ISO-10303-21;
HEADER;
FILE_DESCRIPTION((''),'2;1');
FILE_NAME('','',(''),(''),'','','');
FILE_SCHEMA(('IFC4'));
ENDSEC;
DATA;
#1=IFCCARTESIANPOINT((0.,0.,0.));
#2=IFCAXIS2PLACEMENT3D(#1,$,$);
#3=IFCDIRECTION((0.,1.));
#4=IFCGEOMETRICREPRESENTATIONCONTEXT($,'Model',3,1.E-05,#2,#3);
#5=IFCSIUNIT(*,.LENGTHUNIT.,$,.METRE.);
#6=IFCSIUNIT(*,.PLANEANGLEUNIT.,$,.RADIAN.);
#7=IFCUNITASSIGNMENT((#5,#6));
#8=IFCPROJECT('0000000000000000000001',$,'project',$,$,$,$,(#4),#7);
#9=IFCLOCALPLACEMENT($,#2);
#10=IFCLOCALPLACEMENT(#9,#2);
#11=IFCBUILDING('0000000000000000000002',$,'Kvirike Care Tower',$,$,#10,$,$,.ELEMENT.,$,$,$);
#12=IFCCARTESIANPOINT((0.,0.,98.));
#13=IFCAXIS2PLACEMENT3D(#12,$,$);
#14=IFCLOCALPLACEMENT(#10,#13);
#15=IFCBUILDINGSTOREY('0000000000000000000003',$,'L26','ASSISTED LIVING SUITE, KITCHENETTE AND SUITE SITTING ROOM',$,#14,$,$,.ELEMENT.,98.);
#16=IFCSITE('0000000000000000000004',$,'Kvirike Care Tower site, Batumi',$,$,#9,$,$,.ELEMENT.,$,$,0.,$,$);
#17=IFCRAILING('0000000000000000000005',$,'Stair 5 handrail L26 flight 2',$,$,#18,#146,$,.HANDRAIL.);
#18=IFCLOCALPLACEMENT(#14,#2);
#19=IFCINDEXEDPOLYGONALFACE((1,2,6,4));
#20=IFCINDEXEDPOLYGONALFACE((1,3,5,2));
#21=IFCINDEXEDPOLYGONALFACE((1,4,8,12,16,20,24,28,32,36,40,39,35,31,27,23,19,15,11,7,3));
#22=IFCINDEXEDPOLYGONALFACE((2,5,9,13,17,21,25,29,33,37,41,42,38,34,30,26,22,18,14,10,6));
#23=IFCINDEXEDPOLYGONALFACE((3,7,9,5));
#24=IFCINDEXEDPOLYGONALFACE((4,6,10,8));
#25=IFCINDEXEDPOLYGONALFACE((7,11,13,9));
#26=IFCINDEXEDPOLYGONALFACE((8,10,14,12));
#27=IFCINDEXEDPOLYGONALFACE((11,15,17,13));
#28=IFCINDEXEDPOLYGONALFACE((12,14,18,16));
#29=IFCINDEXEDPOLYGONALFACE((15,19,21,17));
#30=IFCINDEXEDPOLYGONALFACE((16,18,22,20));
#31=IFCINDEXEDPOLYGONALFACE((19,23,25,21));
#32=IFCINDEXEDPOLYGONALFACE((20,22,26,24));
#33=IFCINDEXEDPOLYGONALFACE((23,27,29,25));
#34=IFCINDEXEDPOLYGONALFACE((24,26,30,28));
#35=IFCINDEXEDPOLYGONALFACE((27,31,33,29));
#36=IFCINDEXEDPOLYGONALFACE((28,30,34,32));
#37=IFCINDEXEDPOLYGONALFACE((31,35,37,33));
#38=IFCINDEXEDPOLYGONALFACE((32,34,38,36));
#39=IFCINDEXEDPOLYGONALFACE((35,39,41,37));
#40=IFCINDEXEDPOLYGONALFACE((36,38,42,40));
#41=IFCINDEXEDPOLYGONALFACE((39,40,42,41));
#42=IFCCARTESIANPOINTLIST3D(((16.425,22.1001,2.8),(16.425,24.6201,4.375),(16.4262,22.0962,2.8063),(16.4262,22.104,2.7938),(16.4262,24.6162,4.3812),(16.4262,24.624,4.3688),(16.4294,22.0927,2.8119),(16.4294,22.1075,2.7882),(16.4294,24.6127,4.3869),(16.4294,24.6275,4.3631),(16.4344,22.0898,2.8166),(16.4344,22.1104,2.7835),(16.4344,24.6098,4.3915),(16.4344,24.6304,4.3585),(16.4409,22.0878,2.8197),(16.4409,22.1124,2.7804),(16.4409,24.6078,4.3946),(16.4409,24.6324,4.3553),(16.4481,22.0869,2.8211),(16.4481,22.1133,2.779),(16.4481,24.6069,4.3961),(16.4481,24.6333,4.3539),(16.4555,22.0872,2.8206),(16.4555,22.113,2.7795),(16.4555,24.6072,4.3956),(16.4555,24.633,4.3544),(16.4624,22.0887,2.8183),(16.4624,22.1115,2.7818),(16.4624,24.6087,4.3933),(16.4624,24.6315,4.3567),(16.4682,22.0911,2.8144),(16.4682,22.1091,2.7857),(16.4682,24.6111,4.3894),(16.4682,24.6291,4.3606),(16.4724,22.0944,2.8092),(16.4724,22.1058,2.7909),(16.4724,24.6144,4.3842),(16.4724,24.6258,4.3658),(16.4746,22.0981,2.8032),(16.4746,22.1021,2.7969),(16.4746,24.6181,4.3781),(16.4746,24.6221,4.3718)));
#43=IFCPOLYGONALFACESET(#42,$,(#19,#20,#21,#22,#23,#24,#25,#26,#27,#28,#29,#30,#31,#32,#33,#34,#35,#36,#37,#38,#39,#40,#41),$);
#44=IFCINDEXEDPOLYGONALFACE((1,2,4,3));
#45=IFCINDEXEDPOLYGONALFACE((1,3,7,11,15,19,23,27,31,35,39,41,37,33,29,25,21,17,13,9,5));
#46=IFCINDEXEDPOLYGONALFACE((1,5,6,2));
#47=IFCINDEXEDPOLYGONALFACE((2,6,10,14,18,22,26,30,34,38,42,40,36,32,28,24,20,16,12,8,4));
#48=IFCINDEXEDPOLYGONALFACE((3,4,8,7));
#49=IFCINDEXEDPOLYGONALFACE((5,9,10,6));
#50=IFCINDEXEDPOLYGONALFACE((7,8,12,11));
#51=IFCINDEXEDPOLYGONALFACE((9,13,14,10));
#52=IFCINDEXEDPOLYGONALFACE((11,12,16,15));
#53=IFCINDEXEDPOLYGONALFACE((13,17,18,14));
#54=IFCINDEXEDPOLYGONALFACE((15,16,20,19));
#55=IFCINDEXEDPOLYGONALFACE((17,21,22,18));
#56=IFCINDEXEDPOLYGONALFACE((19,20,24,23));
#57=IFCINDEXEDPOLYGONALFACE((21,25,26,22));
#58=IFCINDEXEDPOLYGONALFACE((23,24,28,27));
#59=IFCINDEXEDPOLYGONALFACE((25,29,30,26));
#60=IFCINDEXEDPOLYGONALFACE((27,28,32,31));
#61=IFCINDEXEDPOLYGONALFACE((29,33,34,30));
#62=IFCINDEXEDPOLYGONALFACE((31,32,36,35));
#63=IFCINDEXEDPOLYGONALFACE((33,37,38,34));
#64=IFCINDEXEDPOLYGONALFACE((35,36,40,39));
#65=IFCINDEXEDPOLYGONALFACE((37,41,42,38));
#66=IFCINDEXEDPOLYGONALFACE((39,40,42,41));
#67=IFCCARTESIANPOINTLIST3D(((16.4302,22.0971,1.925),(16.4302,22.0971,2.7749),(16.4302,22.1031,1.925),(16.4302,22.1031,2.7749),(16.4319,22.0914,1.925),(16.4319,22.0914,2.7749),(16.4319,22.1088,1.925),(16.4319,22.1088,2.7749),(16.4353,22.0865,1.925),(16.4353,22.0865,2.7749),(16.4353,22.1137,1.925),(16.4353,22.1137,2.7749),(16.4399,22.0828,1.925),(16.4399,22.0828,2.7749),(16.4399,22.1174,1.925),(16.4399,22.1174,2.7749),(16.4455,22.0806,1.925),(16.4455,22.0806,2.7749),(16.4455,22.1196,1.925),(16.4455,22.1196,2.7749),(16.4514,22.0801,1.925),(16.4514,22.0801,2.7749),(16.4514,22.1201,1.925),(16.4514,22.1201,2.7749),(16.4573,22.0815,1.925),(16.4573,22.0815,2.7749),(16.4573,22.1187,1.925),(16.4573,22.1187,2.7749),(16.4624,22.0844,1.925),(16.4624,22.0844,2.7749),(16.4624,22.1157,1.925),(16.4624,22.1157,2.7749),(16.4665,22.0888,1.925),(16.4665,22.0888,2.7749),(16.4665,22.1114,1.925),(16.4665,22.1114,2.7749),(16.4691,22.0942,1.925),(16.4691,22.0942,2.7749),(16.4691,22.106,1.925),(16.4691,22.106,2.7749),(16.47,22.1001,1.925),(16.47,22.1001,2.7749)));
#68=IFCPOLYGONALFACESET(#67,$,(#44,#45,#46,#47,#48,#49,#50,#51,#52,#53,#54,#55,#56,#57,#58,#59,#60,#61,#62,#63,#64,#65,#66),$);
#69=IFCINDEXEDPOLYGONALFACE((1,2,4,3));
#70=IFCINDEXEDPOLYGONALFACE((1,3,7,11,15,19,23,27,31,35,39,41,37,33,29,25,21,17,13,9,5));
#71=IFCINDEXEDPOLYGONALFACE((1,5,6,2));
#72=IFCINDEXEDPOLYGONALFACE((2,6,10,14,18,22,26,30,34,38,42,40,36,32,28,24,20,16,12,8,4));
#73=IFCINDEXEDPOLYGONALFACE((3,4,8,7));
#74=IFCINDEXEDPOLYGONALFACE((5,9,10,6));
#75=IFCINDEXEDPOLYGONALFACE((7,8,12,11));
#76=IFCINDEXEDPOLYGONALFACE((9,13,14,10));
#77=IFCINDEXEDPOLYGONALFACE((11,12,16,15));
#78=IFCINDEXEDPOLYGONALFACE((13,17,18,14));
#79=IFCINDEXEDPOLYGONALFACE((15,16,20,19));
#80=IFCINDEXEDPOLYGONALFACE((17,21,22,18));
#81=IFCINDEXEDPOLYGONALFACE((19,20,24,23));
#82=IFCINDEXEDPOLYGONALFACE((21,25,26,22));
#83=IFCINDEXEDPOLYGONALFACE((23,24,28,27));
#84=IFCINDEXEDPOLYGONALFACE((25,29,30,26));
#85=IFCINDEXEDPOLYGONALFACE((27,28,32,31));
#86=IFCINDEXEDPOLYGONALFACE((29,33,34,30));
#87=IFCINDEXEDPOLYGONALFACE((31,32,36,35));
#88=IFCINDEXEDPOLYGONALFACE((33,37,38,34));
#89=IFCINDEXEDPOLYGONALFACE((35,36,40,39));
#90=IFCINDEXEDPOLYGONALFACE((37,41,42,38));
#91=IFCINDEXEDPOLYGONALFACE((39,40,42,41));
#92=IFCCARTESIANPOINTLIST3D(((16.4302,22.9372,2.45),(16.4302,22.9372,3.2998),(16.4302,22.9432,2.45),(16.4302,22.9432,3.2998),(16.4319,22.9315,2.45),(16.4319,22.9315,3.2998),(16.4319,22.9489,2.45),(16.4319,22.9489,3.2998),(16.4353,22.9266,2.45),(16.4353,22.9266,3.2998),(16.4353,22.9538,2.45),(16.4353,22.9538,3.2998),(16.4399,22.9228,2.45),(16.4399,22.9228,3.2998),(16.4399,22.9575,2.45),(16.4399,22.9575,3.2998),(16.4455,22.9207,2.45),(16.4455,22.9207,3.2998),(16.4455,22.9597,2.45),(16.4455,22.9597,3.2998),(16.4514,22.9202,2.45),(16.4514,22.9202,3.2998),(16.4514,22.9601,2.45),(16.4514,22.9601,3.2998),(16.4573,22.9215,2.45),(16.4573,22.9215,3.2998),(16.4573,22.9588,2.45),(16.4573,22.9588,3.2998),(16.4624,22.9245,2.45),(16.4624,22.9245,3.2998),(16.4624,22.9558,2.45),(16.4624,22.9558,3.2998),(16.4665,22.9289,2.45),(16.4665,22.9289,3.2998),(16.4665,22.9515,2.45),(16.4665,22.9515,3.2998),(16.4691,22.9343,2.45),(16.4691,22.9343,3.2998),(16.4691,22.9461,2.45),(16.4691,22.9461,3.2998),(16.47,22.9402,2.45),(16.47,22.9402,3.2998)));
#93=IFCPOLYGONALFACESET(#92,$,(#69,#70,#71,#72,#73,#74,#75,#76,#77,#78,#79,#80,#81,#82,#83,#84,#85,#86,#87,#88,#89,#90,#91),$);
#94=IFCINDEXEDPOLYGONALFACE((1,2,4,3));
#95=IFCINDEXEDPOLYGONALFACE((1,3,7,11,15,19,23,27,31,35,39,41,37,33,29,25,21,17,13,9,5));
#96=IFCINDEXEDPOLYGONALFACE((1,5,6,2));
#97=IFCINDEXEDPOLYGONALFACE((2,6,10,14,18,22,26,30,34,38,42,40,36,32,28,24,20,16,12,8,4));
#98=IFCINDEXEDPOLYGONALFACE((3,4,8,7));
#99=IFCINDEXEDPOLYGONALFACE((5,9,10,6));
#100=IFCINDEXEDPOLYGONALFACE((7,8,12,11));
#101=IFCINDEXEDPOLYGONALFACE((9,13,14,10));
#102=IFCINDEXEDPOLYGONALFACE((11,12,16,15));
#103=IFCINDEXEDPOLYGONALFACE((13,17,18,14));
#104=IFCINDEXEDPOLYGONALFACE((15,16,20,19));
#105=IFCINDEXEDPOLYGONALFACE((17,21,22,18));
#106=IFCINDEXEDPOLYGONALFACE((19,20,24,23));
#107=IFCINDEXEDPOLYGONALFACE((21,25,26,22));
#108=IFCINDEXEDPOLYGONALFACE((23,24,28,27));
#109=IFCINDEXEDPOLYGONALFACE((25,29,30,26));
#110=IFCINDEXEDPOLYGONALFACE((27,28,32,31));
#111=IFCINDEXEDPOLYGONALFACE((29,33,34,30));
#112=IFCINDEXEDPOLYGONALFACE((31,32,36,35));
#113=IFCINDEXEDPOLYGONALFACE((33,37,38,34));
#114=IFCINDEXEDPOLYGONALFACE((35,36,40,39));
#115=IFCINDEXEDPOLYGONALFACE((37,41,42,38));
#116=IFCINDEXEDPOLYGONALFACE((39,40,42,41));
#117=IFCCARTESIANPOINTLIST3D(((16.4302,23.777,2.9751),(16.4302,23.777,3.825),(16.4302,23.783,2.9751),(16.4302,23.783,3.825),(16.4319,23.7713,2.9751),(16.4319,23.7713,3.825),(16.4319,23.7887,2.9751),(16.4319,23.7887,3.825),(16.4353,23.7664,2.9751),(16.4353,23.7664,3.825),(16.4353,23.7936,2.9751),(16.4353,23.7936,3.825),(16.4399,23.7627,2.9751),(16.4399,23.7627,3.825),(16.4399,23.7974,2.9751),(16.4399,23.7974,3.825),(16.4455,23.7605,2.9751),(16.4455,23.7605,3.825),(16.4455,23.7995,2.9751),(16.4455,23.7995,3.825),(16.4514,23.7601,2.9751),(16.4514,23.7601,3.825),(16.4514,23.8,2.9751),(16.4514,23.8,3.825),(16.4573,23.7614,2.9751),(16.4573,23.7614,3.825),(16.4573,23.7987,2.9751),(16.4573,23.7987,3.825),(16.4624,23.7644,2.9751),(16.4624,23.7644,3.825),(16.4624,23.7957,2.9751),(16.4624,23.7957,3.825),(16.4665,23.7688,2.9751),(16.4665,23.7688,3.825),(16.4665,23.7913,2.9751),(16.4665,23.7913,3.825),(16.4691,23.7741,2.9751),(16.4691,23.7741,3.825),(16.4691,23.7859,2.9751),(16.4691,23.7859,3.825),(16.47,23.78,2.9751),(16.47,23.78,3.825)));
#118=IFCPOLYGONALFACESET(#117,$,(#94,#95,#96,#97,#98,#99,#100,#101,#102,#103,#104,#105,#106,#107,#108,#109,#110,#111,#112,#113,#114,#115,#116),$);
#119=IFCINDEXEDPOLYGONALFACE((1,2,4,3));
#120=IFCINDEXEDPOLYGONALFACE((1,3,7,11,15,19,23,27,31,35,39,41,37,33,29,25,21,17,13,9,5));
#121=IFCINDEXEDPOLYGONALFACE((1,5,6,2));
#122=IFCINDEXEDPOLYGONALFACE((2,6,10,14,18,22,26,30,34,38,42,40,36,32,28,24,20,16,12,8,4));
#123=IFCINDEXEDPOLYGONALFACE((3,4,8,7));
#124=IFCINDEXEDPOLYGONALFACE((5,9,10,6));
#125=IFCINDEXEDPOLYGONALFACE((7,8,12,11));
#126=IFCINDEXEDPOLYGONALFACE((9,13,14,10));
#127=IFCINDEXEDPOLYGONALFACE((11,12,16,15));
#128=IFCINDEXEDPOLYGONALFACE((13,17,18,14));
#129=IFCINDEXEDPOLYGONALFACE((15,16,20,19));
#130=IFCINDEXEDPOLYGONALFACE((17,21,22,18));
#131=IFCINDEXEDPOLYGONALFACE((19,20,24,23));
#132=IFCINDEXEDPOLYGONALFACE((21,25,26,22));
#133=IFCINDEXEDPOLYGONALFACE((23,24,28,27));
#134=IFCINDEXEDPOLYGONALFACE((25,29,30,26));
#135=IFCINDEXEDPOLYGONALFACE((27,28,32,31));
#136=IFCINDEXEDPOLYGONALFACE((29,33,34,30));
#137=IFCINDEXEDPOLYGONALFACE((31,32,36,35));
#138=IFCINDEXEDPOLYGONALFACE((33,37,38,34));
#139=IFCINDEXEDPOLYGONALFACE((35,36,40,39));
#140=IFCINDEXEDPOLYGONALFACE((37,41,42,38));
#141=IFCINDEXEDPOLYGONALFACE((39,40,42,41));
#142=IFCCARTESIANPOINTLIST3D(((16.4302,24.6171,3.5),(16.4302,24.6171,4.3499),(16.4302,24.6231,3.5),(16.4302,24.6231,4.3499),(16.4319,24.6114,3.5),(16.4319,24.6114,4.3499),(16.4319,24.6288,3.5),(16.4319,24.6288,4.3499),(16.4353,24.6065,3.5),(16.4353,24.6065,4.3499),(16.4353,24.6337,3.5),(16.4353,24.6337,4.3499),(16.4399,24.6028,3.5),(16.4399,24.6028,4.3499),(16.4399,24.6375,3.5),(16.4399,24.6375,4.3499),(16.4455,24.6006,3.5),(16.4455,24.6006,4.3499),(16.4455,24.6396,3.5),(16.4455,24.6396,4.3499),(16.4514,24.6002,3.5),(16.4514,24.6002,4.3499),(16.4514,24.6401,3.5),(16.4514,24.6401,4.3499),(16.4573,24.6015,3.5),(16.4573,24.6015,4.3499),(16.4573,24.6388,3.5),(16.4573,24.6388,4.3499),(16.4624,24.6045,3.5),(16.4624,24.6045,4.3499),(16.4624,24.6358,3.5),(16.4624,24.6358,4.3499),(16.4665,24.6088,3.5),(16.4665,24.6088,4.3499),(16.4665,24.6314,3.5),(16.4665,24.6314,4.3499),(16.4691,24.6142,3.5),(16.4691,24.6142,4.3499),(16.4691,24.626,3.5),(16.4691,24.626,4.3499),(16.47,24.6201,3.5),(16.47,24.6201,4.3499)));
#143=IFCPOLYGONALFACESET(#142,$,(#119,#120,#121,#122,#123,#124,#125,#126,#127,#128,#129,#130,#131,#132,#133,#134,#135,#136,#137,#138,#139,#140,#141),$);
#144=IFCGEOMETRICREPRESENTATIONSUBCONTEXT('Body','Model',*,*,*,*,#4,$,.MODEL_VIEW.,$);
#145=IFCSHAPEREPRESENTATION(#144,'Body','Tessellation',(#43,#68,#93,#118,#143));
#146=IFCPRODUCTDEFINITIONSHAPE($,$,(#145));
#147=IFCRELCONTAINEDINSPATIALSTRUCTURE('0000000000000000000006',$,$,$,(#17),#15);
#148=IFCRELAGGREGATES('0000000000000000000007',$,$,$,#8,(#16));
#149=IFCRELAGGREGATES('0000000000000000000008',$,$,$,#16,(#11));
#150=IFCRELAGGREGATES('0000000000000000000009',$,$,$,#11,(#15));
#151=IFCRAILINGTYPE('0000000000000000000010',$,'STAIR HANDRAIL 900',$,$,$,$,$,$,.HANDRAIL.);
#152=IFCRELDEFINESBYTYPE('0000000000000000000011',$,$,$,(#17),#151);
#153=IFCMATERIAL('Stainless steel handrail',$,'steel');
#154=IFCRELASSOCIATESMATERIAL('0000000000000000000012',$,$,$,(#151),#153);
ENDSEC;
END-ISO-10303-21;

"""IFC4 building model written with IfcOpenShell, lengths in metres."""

from ifc_helpers import new_model, si_unit, direction, frame, origin, origin_2d, place, context, subcontext, project, spatial, circle, extrude, material, type_object, element, save


model = new_model("IFC4")

# Units and contexts
model_context = context("Model", 3, precision=1e-05, world=origin(), true_north=direction((0.0, 1.0)))
body_context = subcontext(model_context, "Body", "Model", "MODEL_VIEW")
ifc_project = project(units=[si_unit("LENGTHUNIT", "METRE"), si_unit("PLANEANGLEUNIT", "RADIAN")], contexts=[model_context])

# Site, building, storey
site_placement = place(None, origin())
site = spatial("IfcSite", under=ifc_project, at=site_placement, Name="Kvirike Care Tower site, Batumi", CompositionType="ELEMENT", RefElevation=0.0)
building_placement = place(site_placement, origin())
building = spatial("IfcBuilding", under=site, at=building_placement, Name="Kvirike Care Tower", CompositionType="ELEMENT")
storey_placement = place(building_placement, frame((0.0, 0.0, 98.0)))
storey = spatial("IfcBuildingStorey", under=building, at=storey_placement, Name="L26", Description="ASSISTED LIVING SUITE, KITCHENETTE AND SUITE SITTING ROOM", CompositionType="ELEMENT", Elevation=98.0)

# Railing
ifc_material_1 = material(Name="Stainless steel handrail", Category="steel")
railing_type = type_object("IfcRailingType", Name="STAIR HANDRAIL 900", PredefinedType="HANDRAIL", material=ifc_material_1)
railing_placement = place(storey_placement, frame((16.45, 22.1001, 1.925)))
element("IfcRailing", 1, at=railing_placement, inside=storey, type_object=railing_type, Name="Stair 5 handrail L26 flight 2", PredefinedType="HANDRAIL", context=body_context, shape_type="SweptSolid", body=[
    extrude(circle(Radius=0.0249, at=origin_2d()), frame((0.0, 0.0, 0.875), z_axis=(0.0, 0.848008, 0.529984), x_axis=(-1.0, 0.0, 0.0)), (0.0, 0.0, 1.0), 2.9717),
    extrude(circle(Radius=0.02, at=origin_2d()), origin(), (0.0, 0.0, 1.0), 0.8499),
    extrude(circle(Radius=0.02, at=origin_2d()), frame((0.0, 0.8401, 0.5249)), (0.0, 0.0, 1.0), 0.8499),
    extrude(circle(Radius=0.02, at=origin_2d()), frame((0.0, 1.6799, 1.05)), (0.0, 0.0, 1.0), 0.8499),
    extrude(circle(Radius=0.02, at=origin_2d()), frame((0.0, 2.52, 1.575)), (0.0, 0.0, 1.0), 0.8499),
])

save(model, "model.ifc")
